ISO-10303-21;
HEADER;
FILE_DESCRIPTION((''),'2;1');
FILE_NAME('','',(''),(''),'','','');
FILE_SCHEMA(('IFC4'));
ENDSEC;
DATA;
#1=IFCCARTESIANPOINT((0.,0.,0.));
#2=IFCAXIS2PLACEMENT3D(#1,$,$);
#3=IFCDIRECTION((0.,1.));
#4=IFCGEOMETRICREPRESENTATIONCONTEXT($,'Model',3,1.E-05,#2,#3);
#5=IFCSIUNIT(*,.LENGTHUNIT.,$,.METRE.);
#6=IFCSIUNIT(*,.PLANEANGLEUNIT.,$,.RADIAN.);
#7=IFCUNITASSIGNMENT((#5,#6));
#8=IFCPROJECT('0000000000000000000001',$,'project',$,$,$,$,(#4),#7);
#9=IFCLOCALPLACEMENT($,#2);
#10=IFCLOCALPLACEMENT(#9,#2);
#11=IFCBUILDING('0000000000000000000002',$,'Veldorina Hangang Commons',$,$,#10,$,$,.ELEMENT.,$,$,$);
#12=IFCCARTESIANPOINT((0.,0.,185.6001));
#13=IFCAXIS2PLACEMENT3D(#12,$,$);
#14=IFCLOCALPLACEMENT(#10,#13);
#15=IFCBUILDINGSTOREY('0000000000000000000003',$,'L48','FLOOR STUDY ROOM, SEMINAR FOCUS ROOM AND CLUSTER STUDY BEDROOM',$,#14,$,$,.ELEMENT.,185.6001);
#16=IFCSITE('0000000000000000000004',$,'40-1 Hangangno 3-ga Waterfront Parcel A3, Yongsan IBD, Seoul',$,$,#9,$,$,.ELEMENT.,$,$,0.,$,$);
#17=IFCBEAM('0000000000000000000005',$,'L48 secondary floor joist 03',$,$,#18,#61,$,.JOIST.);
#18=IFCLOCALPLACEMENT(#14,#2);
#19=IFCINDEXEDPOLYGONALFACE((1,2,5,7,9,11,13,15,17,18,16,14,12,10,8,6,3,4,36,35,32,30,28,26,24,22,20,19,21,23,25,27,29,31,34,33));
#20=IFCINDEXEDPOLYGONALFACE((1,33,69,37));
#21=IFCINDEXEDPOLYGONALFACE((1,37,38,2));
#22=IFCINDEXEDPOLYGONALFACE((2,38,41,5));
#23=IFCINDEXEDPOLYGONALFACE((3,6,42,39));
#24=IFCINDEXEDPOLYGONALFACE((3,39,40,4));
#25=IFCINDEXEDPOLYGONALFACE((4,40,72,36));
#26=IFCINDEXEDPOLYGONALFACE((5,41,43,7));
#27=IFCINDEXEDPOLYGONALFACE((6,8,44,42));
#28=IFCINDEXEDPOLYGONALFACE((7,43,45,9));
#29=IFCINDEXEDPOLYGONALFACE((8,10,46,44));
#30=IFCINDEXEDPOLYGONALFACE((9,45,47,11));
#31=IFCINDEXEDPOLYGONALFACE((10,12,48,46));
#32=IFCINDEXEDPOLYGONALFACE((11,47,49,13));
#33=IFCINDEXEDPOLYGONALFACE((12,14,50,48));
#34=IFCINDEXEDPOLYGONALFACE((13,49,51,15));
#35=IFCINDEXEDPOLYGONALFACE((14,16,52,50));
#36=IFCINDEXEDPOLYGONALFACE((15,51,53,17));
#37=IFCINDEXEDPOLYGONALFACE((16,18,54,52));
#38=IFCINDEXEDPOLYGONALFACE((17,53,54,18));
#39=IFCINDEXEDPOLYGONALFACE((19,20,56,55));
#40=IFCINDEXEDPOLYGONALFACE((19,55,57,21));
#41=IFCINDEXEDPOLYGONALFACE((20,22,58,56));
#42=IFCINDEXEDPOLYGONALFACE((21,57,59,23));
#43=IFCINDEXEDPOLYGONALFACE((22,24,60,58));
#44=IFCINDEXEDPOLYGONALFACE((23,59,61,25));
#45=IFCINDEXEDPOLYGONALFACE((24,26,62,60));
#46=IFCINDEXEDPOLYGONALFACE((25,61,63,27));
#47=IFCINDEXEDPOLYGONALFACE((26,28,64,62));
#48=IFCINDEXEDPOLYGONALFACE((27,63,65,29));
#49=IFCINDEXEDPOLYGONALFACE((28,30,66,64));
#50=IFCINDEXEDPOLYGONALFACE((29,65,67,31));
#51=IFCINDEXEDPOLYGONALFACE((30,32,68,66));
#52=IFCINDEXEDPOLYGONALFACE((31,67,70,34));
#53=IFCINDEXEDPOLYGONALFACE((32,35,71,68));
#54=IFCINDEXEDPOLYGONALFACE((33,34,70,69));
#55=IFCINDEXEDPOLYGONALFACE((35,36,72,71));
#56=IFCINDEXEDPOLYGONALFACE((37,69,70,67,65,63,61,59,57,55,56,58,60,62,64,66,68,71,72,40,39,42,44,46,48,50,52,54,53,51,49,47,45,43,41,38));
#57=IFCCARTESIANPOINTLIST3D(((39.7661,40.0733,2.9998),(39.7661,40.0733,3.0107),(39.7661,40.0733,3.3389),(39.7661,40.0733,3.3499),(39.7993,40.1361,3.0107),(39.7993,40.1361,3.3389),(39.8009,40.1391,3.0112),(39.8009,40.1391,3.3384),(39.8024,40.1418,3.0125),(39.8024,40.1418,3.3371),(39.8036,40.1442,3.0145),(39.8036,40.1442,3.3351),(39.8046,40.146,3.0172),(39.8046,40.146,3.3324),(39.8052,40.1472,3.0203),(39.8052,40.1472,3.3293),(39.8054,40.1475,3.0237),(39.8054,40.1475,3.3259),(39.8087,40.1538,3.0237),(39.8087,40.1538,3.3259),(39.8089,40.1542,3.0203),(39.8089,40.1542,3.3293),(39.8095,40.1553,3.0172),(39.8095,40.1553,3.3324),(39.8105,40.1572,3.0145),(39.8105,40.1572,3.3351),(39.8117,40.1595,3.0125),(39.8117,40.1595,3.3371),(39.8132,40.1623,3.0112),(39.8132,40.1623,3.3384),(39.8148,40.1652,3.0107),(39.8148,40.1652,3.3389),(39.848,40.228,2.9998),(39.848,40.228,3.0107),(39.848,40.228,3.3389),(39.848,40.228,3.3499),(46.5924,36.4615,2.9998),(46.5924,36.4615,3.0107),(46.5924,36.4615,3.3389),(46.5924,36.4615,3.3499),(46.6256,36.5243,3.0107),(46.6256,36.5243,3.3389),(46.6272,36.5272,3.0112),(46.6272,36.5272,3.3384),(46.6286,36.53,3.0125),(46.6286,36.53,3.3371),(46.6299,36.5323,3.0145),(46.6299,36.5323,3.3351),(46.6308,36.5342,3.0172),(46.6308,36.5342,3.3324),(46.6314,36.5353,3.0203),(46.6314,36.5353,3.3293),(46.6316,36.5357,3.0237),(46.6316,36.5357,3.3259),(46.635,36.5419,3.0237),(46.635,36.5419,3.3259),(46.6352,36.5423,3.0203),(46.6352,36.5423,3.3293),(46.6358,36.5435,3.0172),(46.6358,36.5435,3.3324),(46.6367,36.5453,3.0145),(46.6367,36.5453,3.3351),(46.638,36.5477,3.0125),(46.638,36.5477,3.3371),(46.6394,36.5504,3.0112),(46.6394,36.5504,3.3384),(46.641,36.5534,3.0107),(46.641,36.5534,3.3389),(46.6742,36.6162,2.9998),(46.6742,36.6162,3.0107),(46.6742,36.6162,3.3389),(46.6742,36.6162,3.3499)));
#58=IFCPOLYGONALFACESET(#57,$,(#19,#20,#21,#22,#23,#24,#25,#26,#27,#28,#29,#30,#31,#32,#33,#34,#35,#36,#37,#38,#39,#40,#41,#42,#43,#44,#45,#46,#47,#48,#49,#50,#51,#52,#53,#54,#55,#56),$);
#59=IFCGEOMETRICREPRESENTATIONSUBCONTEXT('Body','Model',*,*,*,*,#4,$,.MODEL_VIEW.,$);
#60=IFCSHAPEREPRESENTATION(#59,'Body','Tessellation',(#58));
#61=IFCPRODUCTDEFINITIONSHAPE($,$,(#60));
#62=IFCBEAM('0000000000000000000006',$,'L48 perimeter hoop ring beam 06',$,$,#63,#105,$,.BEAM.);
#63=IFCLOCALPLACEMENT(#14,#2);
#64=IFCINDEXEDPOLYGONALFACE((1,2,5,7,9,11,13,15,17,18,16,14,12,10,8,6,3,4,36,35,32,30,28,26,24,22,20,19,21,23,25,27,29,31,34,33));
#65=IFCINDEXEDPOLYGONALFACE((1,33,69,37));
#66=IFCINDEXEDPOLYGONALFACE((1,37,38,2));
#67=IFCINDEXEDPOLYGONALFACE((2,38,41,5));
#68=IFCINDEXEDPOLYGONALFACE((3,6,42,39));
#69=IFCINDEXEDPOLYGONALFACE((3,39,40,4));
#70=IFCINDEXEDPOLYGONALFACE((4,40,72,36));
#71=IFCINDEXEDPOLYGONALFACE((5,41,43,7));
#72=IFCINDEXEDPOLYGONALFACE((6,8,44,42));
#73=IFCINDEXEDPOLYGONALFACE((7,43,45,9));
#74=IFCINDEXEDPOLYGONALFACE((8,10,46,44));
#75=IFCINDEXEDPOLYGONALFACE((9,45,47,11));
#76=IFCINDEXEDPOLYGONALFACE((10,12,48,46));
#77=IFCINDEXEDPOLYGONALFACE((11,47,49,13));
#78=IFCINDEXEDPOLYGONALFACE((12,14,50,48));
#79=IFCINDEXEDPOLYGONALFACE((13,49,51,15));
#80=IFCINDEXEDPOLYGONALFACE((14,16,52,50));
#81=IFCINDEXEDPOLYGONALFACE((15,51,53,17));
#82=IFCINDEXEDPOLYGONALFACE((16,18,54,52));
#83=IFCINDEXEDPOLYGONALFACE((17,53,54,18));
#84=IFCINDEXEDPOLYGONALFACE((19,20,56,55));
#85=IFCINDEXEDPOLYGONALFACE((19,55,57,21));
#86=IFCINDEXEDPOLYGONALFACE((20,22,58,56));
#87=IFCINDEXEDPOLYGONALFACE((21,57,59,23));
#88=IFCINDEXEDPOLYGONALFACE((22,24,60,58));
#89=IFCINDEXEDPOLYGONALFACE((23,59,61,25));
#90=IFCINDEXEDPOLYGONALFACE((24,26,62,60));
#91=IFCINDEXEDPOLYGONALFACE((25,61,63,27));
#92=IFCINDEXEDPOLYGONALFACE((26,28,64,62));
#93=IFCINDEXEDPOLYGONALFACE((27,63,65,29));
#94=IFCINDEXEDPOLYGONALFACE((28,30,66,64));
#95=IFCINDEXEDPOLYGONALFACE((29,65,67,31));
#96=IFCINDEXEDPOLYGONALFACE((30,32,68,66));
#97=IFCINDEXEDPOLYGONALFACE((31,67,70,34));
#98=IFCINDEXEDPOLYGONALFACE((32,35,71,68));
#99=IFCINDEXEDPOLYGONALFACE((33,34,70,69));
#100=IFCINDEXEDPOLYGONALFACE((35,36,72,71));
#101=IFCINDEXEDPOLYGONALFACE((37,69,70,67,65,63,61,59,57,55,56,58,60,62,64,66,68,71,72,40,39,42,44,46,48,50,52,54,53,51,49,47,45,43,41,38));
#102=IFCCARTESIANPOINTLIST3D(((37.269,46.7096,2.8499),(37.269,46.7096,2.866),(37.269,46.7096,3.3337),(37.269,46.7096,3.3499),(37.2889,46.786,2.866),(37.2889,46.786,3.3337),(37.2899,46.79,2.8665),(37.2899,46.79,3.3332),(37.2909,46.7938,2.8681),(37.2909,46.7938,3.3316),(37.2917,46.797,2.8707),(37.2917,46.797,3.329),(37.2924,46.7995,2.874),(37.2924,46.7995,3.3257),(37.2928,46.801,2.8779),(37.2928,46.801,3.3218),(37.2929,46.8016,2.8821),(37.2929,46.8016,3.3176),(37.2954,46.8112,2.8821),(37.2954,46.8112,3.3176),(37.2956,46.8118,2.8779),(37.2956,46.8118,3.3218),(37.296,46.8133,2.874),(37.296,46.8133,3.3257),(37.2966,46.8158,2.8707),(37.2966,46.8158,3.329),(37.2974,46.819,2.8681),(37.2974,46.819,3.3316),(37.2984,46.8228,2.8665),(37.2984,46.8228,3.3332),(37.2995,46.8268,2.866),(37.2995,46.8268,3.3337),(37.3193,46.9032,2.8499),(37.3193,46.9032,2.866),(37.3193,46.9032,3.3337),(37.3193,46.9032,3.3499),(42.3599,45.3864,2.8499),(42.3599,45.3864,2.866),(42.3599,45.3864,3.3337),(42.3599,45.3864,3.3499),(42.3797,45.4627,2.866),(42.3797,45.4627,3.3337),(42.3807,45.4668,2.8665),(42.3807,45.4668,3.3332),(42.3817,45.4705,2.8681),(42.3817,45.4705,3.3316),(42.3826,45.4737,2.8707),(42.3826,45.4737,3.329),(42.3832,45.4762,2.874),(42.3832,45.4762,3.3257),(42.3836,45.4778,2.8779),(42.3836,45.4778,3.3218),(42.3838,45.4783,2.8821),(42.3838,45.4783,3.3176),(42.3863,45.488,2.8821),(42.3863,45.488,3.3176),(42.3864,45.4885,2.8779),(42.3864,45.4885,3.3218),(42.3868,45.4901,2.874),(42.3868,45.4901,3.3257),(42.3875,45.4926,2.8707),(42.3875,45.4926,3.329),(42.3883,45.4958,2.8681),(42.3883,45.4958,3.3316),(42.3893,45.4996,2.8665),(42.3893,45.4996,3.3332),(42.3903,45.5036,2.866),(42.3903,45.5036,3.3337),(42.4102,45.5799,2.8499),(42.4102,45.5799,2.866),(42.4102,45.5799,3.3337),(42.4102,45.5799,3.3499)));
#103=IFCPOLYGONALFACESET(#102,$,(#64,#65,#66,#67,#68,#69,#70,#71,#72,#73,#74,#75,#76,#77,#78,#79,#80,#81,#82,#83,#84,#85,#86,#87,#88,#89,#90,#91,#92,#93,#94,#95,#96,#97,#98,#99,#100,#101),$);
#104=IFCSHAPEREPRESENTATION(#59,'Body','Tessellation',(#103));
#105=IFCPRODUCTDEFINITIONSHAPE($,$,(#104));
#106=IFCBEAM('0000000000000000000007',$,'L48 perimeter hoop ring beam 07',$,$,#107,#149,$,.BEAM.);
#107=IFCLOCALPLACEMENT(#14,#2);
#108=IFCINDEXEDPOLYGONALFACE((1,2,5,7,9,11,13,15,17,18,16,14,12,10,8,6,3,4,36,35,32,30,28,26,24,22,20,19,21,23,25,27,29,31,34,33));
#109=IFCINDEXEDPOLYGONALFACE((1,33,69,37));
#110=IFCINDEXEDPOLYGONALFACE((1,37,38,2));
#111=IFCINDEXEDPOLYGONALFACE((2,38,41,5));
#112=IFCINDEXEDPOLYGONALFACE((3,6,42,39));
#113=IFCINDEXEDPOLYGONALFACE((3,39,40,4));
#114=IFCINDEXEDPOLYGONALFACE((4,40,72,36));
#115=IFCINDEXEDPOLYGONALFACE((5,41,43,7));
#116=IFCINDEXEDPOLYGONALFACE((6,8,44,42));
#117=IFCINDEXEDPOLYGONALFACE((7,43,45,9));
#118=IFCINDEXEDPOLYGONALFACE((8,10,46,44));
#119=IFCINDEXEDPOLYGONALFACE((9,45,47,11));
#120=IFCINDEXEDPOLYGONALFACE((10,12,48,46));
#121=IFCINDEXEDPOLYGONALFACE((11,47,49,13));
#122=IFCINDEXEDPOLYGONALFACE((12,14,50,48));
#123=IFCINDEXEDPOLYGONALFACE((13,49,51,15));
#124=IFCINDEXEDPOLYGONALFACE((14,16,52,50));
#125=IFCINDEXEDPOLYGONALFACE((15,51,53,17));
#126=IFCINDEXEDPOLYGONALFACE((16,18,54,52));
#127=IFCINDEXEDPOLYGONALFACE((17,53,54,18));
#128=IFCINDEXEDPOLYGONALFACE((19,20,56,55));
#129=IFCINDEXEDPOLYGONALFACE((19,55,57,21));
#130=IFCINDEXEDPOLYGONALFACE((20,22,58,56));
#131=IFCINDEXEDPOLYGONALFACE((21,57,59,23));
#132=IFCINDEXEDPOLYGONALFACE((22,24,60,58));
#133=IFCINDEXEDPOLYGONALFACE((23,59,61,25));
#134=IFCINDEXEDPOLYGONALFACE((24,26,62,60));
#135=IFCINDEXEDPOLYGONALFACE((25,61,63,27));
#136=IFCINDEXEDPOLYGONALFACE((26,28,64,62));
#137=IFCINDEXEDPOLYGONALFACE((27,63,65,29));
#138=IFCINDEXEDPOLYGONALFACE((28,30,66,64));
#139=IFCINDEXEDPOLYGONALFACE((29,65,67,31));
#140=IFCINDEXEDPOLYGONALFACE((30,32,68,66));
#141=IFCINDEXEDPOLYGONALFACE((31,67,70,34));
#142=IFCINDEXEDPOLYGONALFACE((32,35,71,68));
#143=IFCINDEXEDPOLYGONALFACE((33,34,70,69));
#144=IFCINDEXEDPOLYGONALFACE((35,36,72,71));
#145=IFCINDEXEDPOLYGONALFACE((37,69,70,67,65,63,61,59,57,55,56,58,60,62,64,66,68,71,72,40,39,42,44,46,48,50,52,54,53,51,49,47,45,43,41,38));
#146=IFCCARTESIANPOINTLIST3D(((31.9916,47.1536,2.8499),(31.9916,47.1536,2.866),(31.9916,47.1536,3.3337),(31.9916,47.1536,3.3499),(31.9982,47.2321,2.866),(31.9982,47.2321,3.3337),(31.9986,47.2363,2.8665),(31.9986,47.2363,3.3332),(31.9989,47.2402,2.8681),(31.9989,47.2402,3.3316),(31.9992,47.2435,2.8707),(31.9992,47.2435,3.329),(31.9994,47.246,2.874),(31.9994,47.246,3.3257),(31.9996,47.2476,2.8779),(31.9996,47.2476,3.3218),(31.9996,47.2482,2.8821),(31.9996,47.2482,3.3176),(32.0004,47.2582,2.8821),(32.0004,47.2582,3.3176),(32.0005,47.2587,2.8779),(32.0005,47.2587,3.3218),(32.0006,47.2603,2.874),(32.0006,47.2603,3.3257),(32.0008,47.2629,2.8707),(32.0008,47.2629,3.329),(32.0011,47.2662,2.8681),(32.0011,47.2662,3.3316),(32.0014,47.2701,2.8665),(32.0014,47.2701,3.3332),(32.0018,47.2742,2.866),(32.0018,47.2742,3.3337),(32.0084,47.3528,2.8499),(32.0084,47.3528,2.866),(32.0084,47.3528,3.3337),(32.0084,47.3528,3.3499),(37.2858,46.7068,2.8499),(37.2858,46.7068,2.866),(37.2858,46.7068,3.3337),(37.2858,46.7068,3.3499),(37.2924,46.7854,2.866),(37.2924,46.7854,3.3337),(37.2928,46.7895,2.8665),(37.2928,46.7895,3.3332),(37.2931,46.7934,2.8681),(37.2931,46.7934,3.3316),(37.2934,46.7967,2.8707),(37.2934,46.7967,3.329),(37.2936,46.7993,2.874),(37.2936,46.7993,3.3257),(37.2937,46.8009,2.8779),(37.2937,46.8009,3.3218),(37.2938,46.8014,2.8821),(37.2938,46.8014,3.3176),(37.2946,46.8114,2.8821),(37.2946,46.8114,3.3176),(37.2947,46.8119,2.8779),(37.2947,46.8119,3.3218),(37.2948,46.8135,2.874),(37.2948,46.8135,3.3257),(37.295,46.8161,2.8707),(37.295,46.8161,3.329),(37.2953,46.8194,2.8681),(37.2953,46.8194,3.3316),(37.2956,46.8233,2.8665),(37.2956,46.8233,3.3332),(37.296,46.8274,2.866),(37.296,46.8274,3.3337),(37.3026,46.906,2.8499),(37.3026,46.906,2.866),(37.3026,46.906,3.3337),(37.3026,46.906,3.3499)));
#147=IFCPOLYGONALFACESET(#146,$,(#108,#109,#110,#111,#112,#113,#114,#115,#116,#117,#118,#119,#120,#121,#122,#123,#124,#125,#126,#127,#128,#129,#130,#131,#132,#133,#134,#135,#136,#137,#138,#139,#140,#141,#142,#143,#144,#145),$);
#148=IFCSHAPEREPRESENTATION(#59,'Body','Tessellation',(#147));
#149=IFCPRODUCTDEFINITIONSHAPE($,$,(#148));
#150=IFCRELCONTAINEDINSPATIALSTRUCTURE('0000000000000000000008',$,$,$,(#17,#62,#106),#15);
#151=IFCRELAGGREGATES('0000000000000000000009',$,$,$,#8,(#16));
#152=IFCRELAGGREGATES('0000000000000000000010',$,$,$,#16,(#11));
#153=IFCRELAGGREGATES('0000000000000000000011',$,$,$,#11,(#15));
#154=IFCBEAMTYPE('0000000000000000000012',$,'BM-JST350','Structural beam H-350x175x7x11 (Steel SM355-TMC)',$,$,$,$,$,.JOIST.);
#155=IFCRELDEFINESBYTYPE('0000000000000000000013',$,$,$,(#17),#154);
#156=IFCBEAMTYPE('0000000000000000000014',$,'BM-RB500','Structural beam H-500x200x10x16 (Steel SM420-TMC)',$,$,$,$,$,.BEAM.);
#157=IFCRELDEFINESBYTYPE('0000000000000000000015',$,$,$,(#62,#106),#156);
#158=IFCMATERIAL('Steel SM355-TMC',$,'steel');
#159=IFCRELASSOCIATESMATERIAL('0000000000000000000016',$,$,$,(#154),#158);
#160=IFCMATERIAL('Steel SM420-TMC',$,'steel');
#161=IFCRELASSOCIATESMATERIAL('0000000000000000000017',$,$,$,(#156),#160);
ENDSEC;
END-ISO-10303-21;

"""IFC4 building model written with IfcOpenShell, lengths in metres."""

from ifc_helpers import new_model, si_unit, direction, frame, origin, origin_2d, place, context, subcontext, project, spatial, i_section, extrude, material, material_profile, profile_set, type_object, element, save


model = new_model("IFC4")

# Units and contexts
model_context = context("Model", 3, precision=1e-05, world=origin(), true_north=direction((0.0, 1.0)))
body_context = subcontext(model_context, "Body", "Model", "MODEL_VIEW")
ifc_project = project(units=[si_unit("LENGTHUNIT", "METRE"), si_unit("PLANEANGLEUNIT", "RADIAN")], contexts=[model_context])

# Site, building, storey
site_placement = place(None, origin())
site = spatial("IfcSite", under=ifc_project, at=site_placement, Name="40-1 Hangangno 3-ga Waterfront Parcel A3, Yongsan IBD, Seoul", CompositionType="ELEMENT", RefElevation=0.0)
building_placement = place(site_placement, origin())
building = spatial("IfcBuilding", under=site, at=building_placement, Name="Veldorina Hangang Commons", CompositionType="ELEMENT")
storey_placement = place(building_placement, frame((0.0, 0.0, 185.6001)))
storey = spatial("IfcBuildingStorey", under=building, at=storey_placement, Name="L48", Description="FLOOR STUDY ROOM, SEMINAR FOCUS ROOM AND CLUSTER STUDY BEDROOM", CompositionType="ELEMENT", Elevation=185.6001)

# Beams
ifc_material_1 = material(Name="Steel SM355-TMC", Category="steel")
ifc_material_profile_1 = material_profile(ifc_material_1, i_section(OverallWidth=0.175, OverallDepth=0.3501, WebThickness=0.0071, FlangeThickness=0.011, FilletRadius=0.0129, at=origin_2d()), Name="H-350x175x7x11")
ifc_profile_set_1 = profile_set([ifc_material_profile_1], Name="Steel SM355-TMC")
beam_type_1 = type_object("IfcBeamType", Name="BM-JST350", Description="Structural beam H-350x175x7x11 (Steel SM355-TMC)", PredefinedType="JOIST", material=ifc_profile_set_1)
beam_1_placement = place(storey_placement, frame((46.6333, 36.5388, 3.1748), z_axis=(-0.883897, 0.467681, 0.0), x_axis=(-0.467681, -0.883897, 0.0)))
element("IfcBeam", 1, at=beam_1_placement, inside=storey, type_object=beam_type_1, Name="L48 secondary floor joist 03", PredefinedType="JOIST", context=body_context, shape_type="SweptSolid", body=[
    extrude(i_section(OverallWidth=0.175, OverallDepth=0.3501, WebThickness=0.0071, FlangeThickness=0.011, FilletRadius=0.0129, at=origin_2d()), origin(), (0.0, 0.0, 1.0), 7.7229),
])
ifc_material_2 = material(Name="Steel SM420-TMC", Category="steel")
ifc_material_profile_2 = material_profile(ifc_material_2, i_section(OverallWidth=0.2, OverallDepth=0.5, WebThickness=0.01, FlangeThickness=0.0161, FilletRadius=0.0161, at=origin_2d()), Name="H-500x200x10x16")
ifc_profile_set_2 = profile_set([ifc_material_profile_2], Name="Steel SM420-TMC")
beam_type_2 = type_object("IfcBeamType", Name="BM-RB500", Description="Structural beam H-500x200x10x16 (Steel SM420-TMC)", PredefinedType="BEAM", material=ifc_profile_set_2)
beam_2_placement = place(storey_placement, frame((42.385, 45.4832, 3.0999), z_axis=(-0.96784, 0.251568, 0.0), x_axis=(-0.251568, -0.96784, 0.0)))
element("IfcBeam", 2, at=beam_2_placement, inside=storey, type_object=beam_type_2, Name="L48 perimeter hoop ring beam 06", PredefinedType="BEAM", context=body_context, shape_type="SweptSolid", body=[
    extrude(i_section(OverallWidth=0.2, OverallDepth=0.5, WebThickness=0.01, FlangeThickness=0.0161, FilletRadius=0.0161, at=origin_2d()), origin(), (0.0, 0.0, 1.0), 5.26),
])
beam_3_placement = place(storey_placement, frame((37.2942, 46.8064, 3.0999), z_axis=(-0.996458, 0.084091, 0.0), x_axis=(-0.084091, -0.996458, 0.0)))
element("IfcBeam", 3, at=beam_3_placement, inside=storey, type_object=beam_type_2, Name="L48 perimeter hoop ring beam 07", PredefinedType="BEAM", context=body_context, shape_type="SweptSolid", body=[
    extrude(i_section(OverallWidth=0.2, OverallDepth=0.5, WebThickness=0.01, FlangeThickness=0.0161, FilletRadius=0.0161, at=origin_2d()), origin(), (0.0, 0.0, 1.0), 5.313),
])

save(model, "model.ifc")
